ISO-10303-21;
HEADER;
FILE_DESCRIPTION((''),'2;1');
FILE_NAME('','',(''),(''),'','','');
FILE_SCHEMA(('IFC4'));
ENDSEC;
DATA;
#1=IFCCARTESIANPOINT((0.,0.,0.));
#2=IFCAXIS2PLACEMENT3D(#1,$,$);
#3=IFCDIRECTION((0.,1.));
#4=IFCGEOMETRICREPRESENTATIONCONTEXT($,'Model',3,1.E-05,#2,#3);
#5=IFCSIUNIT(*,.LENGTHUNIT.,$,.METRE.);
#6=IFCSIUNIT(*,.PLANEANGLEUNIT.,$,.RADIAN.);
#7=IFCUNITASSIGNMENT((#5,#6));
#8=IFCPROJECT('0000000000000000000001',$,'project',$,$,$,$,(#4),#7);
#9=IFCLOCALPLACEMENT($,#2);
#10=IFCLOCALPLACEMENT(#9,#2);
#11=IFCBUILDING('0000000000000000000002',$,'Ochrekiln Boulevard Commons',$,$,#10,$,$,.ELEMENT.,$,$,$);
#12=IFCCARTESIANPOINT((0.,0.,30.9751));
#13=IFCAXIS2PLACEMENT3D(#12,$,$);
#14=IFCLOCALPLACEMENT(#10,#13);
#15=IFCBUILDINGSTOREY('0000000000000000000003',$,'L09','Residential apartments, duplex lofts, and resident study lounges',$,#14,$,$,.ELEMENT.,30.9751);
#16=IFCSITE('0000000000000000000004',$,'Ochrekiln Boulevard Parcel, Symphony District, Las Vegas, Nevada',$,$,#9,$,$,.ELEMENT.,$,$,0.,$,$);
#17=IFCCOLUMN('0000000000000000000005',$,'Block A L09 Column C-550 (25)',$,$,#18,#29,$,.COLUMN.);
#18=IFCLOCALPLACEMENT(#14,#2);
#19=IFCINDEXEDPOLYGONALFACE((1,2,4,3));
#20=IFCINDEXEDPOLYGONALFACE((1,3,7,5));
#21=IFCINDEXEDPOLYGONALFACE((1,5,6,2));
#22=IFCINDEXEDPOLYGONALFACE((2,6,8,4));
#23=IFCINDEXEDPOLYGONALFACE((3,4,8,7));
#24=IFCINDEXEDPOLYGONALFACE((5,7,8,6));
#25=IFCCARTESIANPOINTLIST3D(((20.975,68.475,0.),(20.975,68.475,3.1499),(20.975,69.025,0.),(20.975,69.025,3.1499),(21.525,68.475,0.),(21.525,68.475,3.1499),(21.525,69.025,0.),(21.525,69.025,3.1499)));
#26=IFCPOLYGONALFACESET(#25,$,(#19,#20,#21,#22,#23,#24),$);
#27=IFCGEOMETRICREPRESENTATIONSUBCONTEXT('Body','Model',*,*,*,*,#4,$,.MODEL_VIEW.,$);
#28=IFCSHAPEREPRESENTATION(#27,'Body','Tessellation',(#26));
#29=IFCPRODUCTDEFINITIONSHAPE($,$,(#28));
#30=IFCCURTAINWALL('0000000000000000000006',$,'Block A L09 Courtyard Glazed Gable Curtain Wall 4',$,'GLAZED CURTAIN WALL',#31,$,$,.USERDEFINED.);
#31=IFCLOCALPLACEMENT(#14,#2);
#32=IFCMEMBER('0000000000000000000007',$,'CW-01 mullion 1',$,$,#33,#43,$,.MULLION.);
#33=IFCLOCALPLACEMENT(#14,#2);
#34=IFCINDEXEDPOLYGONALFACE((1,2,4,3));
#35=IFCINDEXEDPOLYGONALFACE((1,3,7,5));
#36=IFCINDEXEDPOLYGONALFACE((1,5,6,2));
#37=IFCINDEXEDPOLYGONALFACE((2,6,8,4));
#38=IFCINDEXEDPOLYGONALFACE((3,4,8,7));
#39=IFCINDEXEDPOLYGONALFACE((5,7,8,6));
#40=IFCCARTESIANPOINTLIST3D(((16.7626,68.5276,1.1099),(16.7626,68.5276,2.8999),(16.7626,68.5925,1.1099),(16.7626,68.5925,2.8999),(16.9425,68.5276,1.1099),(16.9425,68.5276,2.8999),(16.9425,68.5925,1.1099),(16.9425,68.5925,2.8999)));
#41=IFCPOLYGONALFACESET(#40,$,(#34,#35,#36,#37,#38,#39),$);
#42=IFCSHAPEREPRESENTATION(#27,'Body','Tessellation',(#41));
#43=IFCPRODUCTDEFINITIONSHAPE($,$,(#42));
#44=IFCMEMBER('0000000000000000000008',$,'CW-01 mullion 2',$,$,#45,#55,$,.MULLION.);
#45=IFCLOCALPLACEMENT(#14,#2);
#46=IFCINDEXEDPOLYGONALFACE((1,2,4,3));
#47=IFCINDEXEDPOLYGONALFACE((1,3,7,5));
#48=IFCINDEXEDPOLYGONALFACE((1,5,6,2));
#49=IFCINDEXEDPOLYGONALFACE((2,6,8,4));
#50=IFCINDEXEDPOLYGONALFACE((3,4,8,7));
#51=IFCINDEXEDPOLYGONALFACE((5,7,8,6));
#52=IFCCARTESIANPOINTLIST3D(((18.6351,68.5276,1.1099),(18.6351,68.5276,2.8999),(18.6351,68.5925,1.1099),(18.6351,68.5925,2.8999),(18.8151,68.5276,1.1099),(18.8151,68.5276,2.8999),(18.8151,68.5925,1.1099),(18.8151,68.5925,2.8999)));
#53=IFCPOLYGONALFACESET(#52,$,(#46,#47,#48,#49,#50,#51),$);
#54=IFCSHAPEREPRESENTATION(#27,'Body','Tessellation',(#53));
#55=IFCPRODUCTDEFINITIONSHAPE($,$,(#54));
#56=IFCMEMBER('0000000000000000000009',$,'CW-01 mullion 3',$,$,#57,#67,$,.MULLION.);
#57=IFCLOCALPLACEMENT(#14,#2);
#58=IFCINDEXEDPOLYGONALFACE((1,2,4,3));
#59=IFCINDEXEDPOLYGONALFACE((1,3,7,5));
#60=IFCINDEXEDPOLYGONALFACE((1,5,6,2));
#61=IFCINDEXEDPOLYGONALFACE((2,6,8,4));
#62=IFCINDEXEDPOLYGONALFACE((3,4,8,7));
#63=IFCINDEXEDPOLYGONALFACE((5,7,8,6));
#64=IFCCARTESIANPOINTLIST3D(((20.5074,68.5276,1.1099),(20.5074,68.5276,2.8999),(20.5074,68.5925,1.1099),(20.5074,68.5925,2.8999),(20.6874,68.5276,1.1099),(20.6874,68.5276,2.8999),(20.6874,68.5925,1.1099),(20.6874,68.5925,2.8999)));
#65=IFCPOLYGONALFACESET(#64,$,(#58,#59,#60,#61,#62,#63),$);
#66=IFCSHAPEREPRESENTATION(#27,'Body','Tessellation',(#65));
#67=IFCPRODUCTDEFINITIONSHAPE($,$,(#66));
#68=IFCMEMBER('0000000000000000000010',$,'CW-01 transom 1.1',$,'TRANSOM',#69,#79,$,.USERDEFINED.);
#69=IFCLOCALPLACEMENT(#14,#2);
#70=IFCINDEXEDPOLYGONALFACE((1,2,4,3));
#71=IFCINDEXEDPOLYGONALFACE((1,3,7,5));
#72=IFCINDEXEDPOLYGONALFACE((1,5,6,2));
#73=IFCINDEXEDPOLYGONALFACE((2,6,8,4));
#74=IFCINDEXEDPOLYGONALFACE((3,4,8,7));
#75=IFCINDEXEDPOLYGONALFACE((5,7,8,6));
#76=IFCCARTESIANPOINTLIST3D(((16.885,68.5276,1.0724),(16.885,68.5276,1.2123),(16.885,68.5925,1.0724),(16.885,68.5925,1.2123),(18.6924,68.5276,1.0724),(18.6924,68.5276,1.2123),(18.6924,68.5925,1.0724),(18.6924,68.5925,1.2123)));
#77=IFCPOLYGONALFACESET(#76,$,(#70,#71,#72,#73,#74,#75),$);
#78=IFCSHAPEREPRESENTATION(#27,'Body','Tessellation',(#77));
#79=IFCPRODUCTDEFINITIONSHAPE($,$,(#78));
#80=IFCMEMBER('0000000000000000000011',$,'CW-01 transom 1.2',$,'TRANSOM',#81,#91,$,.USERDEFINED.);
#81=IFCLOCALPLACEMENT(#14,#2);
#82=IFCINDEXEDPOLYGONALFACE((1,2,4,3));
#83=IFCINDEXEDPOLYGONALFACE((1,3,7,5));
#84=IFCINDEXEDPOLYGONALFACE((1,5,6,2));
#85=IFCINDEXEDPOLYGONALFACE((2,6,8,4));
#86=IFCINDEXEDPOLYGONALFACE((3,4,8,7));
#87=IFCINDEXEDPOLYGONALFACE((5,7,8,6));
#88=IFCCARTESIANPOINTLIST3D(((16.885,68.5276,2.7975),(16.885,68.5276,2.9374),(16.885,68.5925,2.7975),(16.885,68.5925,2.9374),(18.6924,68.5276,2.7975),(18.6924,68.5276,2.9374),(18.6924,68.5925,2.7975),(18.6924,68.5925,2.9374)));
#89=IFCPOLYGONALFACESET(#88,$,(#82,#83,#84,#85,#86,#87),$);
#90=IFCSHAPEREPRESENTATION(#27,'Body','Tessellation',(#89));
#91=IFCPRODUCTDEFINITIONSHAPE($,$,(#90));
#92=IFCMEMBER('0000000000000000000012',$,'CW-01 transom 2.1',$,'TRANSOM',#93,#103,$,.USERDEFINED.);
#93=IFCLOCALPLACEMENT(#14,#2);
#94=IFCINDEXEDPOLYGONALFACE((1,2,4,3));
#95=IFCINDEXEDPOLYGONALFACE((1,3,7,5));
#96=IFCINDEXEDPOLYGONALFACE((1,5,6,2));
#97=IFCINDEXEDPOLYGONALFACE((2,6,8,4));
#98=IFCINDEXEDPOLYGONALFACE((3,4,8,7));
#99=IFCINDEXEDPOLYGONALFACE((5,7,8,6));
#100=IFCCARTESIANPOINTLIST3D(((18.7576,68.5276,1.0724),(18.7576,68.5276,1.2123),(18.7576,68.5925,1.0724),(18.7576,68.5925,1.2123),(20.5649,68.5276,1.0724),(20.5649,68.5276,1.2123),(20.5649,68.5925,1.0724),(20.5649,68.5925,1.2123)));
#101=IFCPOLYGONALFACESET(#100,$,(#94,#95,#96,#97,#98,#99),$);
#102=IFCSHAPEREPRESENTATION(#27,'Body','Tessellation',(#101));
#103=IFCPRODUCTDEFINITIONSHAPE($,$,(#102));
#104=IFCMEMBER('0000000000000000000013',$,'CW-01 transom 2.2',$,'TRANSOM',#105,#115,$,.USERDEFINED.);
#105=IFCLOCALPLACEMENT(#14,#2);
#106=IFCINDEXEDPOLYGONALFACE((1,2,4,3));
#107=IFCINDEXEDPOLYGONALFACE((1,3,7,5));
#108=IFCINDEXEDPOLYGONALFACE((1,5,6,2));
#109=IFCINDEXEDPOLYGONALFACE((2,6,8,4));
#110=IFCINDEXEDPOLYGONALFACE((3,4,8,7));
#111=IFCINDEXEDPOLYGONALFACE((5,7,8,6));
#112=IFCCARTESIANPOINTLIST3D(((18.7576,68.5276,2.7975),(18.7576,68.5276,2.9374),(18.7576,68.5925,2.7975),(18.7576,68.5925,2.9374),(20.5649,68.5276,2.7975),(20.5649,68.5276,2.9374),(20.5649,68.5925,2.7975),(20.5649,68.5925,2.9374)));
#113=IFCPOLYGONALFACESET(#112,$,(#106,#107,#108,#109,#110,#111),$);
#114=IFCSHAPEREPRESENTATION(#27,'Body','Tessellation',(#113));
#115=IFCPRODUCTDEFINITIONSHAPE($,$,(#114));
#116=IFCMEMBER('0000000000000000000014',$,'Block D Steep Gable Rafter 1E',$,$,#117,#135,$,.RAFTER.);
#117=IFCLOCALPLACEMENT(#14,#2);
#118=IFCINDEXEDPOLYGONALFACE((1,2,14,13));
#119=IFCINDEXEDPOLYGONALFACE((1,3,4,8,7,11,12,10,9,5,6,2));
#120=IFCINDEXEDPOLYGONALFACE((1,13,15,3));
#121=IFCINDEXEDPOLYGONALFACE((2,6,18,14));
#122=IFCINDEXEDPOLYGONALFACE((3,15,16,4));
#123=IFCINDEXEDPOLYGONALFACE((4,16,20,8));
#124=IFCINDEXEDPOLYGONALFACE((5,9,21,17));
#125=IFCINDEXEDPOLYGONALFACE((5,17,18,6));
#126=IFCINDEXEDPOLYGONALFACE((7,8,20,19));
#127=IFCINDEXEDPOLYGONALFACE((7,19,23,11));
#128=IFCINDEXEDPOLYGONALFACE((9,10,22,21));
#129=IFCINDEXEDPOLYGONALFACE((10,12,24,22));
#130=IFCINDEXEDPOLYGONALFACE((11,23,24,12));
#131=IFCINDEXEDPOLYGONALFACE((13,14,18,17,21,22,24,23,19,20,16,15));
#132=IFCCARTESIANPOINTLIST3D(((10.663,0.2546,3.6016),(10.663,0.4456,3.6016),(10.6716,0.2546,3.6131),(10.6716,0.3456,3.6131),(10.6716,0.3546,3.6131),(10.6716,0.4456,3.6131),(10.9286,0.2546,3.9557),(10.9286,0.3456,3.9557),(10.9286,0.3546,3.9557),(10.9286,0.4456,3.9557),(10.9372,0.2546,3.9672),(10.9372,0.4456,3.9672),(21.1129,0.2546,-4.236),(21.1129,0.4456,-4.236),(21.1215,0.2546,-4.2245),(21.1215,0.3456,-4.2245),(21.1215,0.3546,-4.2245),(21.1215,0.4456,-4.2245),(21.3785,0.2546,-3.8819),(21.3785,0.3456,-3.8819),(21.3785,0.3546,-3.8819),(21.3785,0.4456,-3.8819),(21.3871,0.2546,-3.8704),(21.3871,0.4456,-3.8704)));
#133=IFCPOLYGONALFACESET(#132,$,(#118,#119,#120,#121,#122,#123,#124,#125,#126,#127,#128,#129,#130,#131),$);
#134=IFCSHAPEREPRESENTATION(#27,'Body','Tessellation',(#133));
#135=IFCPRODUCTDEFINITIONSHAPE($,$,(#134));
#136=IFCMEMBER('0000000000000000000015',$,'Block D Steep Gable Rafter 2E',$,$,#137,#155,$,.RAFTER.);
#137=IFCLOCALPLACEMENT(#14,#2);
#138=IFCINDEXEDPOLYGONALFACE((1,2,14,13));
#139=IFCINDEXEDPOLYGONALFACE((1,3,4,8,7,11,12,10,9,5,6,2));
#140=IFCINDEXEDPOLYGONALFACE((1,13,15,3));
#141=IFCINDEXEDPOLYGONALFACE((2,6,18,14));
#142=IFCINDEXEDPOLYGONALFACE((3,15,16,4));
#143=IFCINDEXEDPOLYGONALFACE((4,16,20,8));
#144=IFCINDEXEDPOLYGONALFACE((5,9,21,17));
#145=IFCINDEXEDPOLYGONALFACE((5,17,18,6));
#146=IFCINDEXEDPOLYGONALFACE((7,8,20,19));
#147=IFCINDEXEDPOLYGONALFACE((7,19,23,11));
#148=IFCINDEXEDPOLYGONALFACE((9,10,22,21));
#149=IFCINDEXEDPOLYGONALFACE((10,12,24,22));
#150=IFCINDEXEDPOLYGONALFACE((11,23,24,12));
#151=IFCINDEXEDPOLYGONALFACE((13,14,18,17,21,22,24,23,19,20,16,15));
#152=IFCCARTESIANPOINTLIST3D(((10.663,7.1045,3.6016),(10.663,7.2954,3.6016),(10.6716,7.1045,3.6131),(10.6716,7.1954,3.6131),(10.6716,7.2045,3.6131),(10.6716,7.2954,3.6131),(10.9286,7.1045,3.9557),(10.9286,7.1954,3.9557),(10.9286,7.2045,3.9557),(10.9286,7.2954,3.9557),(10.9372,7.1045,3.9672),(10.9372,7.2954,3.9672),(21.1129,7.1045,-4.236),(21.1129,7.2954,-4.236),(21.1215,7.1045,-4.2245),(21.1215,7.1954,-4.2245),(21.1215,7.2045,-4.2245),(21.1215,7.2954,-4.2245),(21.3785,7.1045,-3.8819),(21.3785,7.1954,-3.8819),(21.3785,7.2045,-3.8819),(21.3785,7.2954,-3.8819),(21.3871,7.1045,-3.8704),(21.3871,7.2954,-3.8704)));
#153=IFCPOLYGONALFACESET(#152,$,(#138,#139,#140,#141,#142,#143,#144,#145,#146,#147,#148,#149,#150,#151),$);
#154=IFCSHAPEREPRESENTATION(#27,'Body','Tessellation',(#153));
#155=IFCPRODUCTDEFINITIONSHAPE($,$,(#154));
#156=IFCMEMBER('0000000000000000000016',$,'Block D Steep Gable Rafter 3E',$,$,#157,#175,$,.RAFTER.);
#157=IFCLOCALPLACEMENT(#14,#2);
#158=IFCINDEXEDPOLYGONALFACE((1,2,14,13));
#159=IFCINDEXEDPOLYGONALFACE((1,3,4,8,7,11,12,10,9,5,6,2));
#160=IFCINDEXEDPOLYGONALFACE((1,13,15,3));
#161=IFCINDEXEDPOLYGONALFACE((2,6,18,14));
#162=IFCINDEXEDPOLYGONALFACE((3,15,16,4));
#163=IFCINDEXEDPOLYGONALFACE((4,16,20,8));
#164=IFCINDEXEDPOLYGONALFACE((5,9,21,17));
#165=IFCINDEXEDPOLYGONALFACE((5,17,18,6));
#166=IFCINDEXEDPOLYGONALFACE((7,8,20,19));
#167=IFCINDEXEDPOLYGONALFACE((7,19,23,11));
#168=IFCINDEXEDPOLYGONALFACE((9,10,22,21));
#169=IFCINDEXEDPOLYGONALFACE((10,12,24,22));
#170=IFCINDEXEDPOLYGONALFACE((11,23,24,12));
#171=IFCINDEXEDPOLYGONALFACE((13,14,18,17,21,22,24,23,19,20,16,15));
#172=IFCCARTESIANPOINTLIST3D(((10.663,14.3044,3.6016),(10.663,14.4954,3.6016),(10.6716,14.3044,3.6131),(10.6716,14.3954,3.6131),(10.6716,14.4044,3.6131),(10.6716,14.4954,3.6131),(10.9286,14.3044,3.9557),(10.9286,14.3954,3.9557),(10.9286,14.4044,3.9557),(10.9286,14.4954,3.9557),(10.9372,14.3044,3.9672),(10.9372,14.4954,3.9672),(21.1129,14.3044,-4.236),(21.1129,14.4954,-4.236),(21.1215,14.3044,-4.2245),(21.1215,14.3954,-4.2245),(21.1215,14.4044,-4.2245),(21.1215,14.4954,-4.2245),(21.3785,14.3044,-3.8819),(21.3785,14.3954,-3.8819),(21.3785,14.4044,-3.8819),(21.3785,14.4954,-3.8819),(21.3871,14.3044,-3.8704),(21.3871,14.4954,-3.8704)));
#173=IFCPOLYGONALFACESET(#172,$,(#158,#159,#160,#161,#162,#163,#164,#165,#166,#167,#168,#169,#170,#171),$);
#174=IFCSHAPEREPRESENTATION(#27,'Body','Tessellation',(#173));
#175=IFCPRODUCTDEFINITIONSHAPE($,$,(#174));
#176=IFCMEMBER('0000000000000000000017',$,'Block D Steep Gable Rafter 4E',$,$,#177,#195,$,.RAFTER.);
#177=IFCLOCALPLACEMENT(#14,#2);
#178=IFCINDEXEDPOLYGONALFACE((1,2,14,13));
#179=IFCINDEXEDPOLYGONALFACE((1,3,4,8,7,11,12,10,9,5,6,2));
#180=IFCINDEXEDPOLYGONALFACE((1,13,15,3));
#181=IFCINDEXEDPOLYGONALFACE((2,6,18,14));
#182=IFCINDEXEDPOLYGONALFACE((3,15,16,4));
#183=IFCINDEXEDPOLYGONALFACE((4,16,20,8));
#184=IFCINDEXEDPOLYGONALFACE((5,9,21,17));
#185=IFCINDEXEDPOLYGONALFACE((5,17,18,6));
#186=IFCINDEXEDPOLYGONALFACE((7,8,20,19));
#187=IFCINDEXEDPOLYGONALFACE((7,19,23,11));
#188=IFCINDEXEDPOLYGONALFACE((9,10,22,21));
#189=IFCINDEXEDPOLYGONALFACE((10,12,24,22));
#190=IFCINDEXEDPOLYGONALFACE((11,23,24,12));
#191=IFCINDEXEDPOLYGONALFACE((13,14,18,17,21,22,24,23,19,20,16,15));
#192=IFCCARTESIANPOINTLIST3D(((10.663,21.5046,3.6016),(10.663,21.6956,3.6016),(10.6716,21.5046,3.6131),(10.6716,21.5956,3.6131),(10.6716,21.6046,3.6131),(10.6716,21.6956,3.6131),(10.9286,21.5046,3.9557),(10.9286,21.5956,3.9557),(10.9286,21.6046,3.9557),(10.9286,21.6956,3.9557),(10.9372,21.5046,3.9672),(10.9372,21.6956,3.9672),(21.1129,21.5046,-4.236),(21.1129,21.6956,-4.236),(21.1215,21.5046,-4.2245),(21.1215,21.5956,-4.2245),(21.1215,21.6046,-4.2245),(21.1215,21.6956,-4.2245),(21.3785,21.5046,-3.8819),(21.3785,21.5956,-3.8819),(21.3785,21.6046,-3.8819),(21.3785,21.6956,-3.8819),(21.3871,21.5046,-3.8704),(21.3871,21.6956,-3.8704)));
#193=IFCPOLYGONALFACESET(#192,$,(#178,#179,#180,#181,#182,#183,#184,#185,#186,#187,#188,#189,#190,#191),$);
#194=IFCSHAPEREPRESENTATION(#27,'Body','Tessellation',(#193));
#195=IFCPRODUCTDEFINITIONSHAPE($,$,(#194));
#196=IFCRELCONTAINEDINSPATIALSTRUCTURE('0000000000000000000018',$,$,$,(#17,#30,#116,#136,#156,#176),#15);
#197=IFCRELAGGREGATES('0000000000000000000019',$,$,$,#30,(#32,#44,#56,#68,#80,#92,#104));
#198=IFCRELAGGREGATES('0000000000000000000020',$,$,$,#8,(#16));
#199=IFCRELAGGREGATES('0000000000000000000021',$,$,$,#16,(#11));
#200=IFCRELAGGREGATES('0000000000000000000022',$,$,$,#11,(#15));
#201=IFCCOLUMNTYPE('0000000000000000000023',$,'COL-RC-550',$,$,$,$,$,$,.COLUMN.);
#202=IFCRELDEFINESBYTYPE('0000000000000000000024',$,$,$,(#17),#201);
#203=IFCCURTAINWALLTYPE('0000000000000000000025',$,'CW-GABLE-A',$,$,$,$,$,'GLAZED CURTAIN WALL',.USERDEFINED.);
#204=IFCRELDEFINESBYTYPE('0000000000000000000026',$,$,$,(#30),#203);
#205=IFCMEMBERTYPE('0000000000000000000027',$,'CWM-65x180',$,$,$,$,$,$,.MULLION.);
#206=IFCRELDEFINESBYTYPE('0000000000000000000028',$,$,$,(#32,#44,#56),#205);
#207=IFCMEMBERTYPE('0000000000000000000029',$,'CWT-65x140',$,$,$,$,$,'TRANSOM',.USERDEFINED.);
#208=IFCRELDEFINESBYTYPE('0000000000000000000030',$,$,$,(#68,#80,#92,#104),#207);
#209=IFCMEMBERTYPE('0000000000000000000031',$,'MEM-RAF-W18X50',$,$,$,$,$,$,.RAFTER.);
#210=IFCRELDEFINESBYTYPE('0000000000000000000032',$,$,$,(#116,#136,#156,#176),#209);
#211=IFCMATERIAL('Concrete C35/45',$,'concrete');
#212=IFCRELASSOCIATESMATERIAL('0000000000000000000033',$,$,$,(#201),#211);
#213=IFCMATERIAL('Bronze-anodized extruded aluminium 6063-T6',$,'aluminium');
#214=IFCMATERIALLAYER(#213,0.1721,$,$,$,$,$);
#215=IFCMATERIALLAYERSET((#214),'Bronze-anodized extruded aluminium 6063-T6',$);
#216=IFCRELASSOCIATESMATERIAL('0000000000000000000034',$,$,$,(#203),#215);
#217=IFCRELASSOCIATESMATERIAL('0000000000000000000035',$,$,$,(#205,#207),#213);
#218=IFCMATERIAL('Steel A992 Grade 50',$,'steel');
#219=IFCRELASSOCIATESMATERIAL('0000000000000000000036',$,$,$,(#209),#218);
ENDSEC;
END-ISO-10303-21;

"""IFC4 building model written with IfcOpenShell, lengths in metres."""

from ifc_helpers import new_model, si_unit, direction, frame, origin, origin_2d, place, context, subcontext, project, spatial, rectangle, i_section, extrude, material, layer, layer_set, material_profile, profile_set, type_object, element, aggregate, save


model = new_model("IFC4")

# Units and contexts
model_context = context("Model", 3, precision=1e-05, world=origin(), true_north=direction((0.0, 1.0)))
body_context = subcontext(model_context, "Body", "Model", "MODEL_VIEW")
ifc_project = project(units=[si_unit("LENGTHUNIT", "METRE"), si_unit("PLANEANGLEUNIT", "RADIAN")], contexts=[model_context])

# Site, building, storey
site_placement = place(None, origin())
site = spatial("IfcSite", under=ifc_project, at=site_placement, Name="Ochrekiln Boulevard Parcel, Symphony District, Las Vegas, Nevada", CompositionType="ELEMENT", RefElevation=0.0)
building_placement = place(site_placement, origin())
building = spatial("IfcBuilding", under=site, at=building_placement, Name="Ochrekiln Boulevard Commons", CompositionType="ELEMENT")
storey_placement = place(building_placement, frame((0.0, 0.0, 30.9751)))
storey = spatial("IfcBuildingStorey", under=building, at=storey_placement, Name="L09", Description="Residential apartments, duplex lofts, and resident study lounges", CompositionType="ELEMENT", Elevation=30.9751)

# Column
ifc_material_1 = material(Name="Concrete C35/45", Category="concrete")
ifc_material_profile_1 = material_profile(ifc_material_1, rectangle(XDim=0.55, YDim=0.55, at=origin_2d()), Name="RC-COL-550x550")
ifc_profile_set_1 = profile_set([ifc_material_profile_1], Name="Concrete C35/45")
column_type = type_object("IfcColumnType", Name="COL-RC-550", PredefinedType="COLUMN", material=ifc_profile_set_1)
column_placement = place(storey_placement, frame((21.25, 68.75, 0.0), z_axis=(0.0, 0.0, 1.0), x_axis=(1.0, 0.0, 0.0)))
element("IfcColumn", 1, at=column_placement, inside=storey, type_object=column_type, Name="Block A L09 Column C-550 (25)", PredefinedType="COLUMN", context=body_context, shape_type="SweptSolid", body=[
    extrude(rectangle(XDim=0.55, YDim=0.55, at=origin_2d()), origin(), (0.0, 0.0, 1.0), 3.1499),
])

# Curtain wall, members
ifc_material_2 = material(Name="Bronze-anodized extruded aluminium 6063-T6", Category="aluminium")
ifc_layer_1 = layer(ifc_material_2, 0.1721)
ifc_layer_set_1 = layer_set([ifc_layer_1], Name="Bronze-anodized extruded aluminium 6063-T6")
curtain_wall_type = type_object("IfcCurtainWallType", Name="CW-GABLE-A", ElementType="GLAZED CURTAIN WALL", PredefinedType="USERDEFINED", material=ifc_layer_set_1)
curtain_wall_placement = place(storey_placement, origin())
curtain_wall = element("IfcCurtainWall", 2, at=curtain_wall_placement, inside=storey, type_object=curtain_wall_type, Name="Block A L09 Courtyard Glazed Gable Curtain Wall 4", ObjectType="GLAZED CURTAIN WALL", PredefinedType="USERDEFINED")
ifc_material_profile_2 = material_profile(ifc_material_2, rectangle(XDim=0.0649, YDim=0.1799, at=origin_2d()), Name="ALU-MUL-65x180")
ifc_profile_set_2 = profile_set([ifc_material_profile_2], Name="Bronze-anodized extruded aluminium 6063-T6")
member_type_1 = type_object("IfcMemberType", Name="CWM-65x180", PredefinedType="MULLION", material=ifc_profile_set_2)
member_1_placement = place(storey_placement, frame((16.8525, 68.5601, 1.1099), z_axis=(0.0, 0.0, 1.0), x_axis=(0.0, 1.0, 0.0)))
member_1 = element("IfcMember", 3, at=member_1_placement, type_object=member_type_1, Name="CW-01 mullion 1", PredefinedType="MULLION", context=body_context, shape_type="SweptSolid", body=[
    extrude(rectangle(XDim=0.0649, YDim=0.1799, at=origin_2d()), origin(), (0.0, 0.0, 1.0), 1.79),
])
member_2_placement = place(storey_placement, frame((18.7251, 68.5601, 1.1099), z_axis=(0.0, 0.0, 1.0), x_axis=(0.0, 1.0, 0.0)))
member_2 = element("IfcMember", 4, at=member_2_placement, type_object=member_type_1, Name="CW-01 mullion 2", PredefinedType="MULLION", context=body_context, shape_type="SweptSolid", body=[
    extrude(rectangle(XDim=0.0649, YDim=0.1799, at=origin_2d()), origin(), (0.0, 0.0, 1.0), 1.79),
])
member_3_placement = place(storey_placement, frame((20.5974, 68.5601, 1.1099), z_axis=(0.0, 0.0, 1.0), x_axis=(0.0, 1.0, 0.0)))
member_3 = element("IfcMember", 5, at=member_3_placement, type_object=member_type_1, Name="CW-01 mullion 3", PredefinedType="MULLION", context=body_context, shape_type="SweptSolid", body=[
    extrude(rectangle(XDim=0.0649, YDim=0.1799, at=origin_2d()), origin(), (0.0, 0.0, 1.0), 1.79),
])
ifc_material_profile_3 = material_profile(ifc_material_2, rectangle(XDim=0.0649, YDim=0.1399, at=origin_2d()), Name="ALU-TRN-65x140")
ifc_profile_set_3 = profile_set([ifc_material_profile_3], Name="Bronze-anodized extruded aluminium 6063-T6")
member_type_2 = type_object("IfcMemberType", Name="CWT-65x140", ElementType="TRANSOM", PredefinedType="USERDEFINED", material=ifc_profile_set_3)
member_4_placement = place(storey_placement, frame((16.885, 68.5601, 1.1423), z_axis=(1.0, 0.0, 0.0), x_axis=(0.0, 1.0, 0.0)))
member_4 = element("IfcMember", 6, at=member_4_placement, type_object=member_type_2, Name="CW-01 transom 1.1", ObjectType="TRANSOM", PredefinedType="USERDEFINED", context=body_context, shape_type="SweptSolid", body=[
    extrude(rectangle(XDim=0.0649, YDim=0.1399, at=origin_2d()), origin(), (0.0, 0.0, 1.0), 1.8074),
])
member_5_placement = place(storey_placement, frame((16.885, 68.5601, 2.8674), z_axis=(1.0, 0.0, 0.0), x_axis=(0.0, 1.0, 0.0)))
member_5 = element("IfcMember", 7, at=member_5_placement, type_object=member_type_2, Name="CW-01 transom 1.2", ObjectType="TRANSOM", PredefinedType="USERDEFINED", context=body_context, shape_type="SweptSolid", body=[
    extrude(rectangle(XDim=0.0649, YDim=0.1399, at=origin_2d()), origin(), (0.0, 0.0, 1.0), 1.8074),
])
member_6_placement = place(storey_placement, frame((18.7576, 68.5601, 1.1423), z_axis=(1.0, 0.0, 0.0), x_axis=(0.0, 1.0, 0.0)))
member_6 = element("IfcMember", 8, at=member_6_placement, type_object=member_type_2, Name="CW-01 transom 2.1", ObjectType="TRANSOM", PredefinedType="USERDEFINED", context=body_context, shape_type="SweptSolid", body=[
    extrude(rectangle(XDim=0.0649, YDim=0.1399, at=origin_2d()), origin(), (0.0, 0.0, 1.0), 1.8074),
])
member_7_placement = place(storey_placement, frame((18.7576, 68.5601, 2.8674), z_axis=(1.0, 0.0, 0.0), x_axis=(0.0, 1.0, 0.0)))
member_7 = element("IfcMember", 9, at=member_7_placement, type_object=member_type_2, Name="CW-01 transom 2.2", ObjectType="TRANSOM", PredefinedType="USERDEFINED", context=body_context, shape_type="SweptSolid", body=[
    extrude(rectangle(XDim=0.0649, YDim=0.1399, at=origin_2d()), origin(), (0.0, 0.0, 1.0), 1.8074),
])

# Members
ifc_material_3 = material(Name="Steel A992 Grade 50", Category="steel")
ifc_material_profile_4 = material_profile(ifc_material_3, i_section(OverallWidth=0.1909, OverallDepth=0.457, WebThickness=0.009, FlangeThickness=0.0144, at=origin_2d()), Name="W18X50")
ifc_profile_set_4 = profile_set([ifc_material_profile_4], Name="Steel A992 Grade 50")
member_type_3 = type_object("IfcMemberType", Name="MEM-RAF-W18X50", PredefinedType="RAFTER", material=ifc_profile_set_4)
for number, where, z_axis, x_axis, name in (
    (10, (21.25, 0.3501, -4.0532), (-0.799993, 0.0, 0.600009), (0.0, -1.0, 0.0), "Block D Steep Gable Rafter 1E"),
    (11, (21.25, 7.2, -4.0532), (-0.799993, 0.0, 0.600009), (0.0, -1.0, 0.0), "Block D Steep Gable Rafter 2E"),
    (12, (21.25, 14.3999, -4.0532), (-0.799993, 0.0, 0.600009), (0.0, -1.0, 0.0), "Block D Steep Gable Rafter 3E"),
    (13, (21.25, 21.6001, -4.0532), (-0.799993, 0.0, 0.600009), (0.0, -1.0, 0.0), "Block D Steep Gable Rafter 4E"),
):
    element("IfcMember", number, at=place(storey_placement, frame(where, z_axis=z_axis, x_axis=x_axis)), inside=storey, type_object=member_type_3, Name=name, PredefinedType="RAFTER", context=body_context, shape_type="SweptSolid", body=[
        extrude(i_section(OverallWidth=0.1909, OverallDepth=0.457, WebThickness=0.009, FlangeThickness=0.0144, at=origin_2d()), origin(), (0.0, 0.0, 1.0), 13.0625),
    ])

aggregate(curtain_wall, [member_1, member_2, member_3, member_4, member_5, member_6, member_7])

save(model, "model.ifc")
